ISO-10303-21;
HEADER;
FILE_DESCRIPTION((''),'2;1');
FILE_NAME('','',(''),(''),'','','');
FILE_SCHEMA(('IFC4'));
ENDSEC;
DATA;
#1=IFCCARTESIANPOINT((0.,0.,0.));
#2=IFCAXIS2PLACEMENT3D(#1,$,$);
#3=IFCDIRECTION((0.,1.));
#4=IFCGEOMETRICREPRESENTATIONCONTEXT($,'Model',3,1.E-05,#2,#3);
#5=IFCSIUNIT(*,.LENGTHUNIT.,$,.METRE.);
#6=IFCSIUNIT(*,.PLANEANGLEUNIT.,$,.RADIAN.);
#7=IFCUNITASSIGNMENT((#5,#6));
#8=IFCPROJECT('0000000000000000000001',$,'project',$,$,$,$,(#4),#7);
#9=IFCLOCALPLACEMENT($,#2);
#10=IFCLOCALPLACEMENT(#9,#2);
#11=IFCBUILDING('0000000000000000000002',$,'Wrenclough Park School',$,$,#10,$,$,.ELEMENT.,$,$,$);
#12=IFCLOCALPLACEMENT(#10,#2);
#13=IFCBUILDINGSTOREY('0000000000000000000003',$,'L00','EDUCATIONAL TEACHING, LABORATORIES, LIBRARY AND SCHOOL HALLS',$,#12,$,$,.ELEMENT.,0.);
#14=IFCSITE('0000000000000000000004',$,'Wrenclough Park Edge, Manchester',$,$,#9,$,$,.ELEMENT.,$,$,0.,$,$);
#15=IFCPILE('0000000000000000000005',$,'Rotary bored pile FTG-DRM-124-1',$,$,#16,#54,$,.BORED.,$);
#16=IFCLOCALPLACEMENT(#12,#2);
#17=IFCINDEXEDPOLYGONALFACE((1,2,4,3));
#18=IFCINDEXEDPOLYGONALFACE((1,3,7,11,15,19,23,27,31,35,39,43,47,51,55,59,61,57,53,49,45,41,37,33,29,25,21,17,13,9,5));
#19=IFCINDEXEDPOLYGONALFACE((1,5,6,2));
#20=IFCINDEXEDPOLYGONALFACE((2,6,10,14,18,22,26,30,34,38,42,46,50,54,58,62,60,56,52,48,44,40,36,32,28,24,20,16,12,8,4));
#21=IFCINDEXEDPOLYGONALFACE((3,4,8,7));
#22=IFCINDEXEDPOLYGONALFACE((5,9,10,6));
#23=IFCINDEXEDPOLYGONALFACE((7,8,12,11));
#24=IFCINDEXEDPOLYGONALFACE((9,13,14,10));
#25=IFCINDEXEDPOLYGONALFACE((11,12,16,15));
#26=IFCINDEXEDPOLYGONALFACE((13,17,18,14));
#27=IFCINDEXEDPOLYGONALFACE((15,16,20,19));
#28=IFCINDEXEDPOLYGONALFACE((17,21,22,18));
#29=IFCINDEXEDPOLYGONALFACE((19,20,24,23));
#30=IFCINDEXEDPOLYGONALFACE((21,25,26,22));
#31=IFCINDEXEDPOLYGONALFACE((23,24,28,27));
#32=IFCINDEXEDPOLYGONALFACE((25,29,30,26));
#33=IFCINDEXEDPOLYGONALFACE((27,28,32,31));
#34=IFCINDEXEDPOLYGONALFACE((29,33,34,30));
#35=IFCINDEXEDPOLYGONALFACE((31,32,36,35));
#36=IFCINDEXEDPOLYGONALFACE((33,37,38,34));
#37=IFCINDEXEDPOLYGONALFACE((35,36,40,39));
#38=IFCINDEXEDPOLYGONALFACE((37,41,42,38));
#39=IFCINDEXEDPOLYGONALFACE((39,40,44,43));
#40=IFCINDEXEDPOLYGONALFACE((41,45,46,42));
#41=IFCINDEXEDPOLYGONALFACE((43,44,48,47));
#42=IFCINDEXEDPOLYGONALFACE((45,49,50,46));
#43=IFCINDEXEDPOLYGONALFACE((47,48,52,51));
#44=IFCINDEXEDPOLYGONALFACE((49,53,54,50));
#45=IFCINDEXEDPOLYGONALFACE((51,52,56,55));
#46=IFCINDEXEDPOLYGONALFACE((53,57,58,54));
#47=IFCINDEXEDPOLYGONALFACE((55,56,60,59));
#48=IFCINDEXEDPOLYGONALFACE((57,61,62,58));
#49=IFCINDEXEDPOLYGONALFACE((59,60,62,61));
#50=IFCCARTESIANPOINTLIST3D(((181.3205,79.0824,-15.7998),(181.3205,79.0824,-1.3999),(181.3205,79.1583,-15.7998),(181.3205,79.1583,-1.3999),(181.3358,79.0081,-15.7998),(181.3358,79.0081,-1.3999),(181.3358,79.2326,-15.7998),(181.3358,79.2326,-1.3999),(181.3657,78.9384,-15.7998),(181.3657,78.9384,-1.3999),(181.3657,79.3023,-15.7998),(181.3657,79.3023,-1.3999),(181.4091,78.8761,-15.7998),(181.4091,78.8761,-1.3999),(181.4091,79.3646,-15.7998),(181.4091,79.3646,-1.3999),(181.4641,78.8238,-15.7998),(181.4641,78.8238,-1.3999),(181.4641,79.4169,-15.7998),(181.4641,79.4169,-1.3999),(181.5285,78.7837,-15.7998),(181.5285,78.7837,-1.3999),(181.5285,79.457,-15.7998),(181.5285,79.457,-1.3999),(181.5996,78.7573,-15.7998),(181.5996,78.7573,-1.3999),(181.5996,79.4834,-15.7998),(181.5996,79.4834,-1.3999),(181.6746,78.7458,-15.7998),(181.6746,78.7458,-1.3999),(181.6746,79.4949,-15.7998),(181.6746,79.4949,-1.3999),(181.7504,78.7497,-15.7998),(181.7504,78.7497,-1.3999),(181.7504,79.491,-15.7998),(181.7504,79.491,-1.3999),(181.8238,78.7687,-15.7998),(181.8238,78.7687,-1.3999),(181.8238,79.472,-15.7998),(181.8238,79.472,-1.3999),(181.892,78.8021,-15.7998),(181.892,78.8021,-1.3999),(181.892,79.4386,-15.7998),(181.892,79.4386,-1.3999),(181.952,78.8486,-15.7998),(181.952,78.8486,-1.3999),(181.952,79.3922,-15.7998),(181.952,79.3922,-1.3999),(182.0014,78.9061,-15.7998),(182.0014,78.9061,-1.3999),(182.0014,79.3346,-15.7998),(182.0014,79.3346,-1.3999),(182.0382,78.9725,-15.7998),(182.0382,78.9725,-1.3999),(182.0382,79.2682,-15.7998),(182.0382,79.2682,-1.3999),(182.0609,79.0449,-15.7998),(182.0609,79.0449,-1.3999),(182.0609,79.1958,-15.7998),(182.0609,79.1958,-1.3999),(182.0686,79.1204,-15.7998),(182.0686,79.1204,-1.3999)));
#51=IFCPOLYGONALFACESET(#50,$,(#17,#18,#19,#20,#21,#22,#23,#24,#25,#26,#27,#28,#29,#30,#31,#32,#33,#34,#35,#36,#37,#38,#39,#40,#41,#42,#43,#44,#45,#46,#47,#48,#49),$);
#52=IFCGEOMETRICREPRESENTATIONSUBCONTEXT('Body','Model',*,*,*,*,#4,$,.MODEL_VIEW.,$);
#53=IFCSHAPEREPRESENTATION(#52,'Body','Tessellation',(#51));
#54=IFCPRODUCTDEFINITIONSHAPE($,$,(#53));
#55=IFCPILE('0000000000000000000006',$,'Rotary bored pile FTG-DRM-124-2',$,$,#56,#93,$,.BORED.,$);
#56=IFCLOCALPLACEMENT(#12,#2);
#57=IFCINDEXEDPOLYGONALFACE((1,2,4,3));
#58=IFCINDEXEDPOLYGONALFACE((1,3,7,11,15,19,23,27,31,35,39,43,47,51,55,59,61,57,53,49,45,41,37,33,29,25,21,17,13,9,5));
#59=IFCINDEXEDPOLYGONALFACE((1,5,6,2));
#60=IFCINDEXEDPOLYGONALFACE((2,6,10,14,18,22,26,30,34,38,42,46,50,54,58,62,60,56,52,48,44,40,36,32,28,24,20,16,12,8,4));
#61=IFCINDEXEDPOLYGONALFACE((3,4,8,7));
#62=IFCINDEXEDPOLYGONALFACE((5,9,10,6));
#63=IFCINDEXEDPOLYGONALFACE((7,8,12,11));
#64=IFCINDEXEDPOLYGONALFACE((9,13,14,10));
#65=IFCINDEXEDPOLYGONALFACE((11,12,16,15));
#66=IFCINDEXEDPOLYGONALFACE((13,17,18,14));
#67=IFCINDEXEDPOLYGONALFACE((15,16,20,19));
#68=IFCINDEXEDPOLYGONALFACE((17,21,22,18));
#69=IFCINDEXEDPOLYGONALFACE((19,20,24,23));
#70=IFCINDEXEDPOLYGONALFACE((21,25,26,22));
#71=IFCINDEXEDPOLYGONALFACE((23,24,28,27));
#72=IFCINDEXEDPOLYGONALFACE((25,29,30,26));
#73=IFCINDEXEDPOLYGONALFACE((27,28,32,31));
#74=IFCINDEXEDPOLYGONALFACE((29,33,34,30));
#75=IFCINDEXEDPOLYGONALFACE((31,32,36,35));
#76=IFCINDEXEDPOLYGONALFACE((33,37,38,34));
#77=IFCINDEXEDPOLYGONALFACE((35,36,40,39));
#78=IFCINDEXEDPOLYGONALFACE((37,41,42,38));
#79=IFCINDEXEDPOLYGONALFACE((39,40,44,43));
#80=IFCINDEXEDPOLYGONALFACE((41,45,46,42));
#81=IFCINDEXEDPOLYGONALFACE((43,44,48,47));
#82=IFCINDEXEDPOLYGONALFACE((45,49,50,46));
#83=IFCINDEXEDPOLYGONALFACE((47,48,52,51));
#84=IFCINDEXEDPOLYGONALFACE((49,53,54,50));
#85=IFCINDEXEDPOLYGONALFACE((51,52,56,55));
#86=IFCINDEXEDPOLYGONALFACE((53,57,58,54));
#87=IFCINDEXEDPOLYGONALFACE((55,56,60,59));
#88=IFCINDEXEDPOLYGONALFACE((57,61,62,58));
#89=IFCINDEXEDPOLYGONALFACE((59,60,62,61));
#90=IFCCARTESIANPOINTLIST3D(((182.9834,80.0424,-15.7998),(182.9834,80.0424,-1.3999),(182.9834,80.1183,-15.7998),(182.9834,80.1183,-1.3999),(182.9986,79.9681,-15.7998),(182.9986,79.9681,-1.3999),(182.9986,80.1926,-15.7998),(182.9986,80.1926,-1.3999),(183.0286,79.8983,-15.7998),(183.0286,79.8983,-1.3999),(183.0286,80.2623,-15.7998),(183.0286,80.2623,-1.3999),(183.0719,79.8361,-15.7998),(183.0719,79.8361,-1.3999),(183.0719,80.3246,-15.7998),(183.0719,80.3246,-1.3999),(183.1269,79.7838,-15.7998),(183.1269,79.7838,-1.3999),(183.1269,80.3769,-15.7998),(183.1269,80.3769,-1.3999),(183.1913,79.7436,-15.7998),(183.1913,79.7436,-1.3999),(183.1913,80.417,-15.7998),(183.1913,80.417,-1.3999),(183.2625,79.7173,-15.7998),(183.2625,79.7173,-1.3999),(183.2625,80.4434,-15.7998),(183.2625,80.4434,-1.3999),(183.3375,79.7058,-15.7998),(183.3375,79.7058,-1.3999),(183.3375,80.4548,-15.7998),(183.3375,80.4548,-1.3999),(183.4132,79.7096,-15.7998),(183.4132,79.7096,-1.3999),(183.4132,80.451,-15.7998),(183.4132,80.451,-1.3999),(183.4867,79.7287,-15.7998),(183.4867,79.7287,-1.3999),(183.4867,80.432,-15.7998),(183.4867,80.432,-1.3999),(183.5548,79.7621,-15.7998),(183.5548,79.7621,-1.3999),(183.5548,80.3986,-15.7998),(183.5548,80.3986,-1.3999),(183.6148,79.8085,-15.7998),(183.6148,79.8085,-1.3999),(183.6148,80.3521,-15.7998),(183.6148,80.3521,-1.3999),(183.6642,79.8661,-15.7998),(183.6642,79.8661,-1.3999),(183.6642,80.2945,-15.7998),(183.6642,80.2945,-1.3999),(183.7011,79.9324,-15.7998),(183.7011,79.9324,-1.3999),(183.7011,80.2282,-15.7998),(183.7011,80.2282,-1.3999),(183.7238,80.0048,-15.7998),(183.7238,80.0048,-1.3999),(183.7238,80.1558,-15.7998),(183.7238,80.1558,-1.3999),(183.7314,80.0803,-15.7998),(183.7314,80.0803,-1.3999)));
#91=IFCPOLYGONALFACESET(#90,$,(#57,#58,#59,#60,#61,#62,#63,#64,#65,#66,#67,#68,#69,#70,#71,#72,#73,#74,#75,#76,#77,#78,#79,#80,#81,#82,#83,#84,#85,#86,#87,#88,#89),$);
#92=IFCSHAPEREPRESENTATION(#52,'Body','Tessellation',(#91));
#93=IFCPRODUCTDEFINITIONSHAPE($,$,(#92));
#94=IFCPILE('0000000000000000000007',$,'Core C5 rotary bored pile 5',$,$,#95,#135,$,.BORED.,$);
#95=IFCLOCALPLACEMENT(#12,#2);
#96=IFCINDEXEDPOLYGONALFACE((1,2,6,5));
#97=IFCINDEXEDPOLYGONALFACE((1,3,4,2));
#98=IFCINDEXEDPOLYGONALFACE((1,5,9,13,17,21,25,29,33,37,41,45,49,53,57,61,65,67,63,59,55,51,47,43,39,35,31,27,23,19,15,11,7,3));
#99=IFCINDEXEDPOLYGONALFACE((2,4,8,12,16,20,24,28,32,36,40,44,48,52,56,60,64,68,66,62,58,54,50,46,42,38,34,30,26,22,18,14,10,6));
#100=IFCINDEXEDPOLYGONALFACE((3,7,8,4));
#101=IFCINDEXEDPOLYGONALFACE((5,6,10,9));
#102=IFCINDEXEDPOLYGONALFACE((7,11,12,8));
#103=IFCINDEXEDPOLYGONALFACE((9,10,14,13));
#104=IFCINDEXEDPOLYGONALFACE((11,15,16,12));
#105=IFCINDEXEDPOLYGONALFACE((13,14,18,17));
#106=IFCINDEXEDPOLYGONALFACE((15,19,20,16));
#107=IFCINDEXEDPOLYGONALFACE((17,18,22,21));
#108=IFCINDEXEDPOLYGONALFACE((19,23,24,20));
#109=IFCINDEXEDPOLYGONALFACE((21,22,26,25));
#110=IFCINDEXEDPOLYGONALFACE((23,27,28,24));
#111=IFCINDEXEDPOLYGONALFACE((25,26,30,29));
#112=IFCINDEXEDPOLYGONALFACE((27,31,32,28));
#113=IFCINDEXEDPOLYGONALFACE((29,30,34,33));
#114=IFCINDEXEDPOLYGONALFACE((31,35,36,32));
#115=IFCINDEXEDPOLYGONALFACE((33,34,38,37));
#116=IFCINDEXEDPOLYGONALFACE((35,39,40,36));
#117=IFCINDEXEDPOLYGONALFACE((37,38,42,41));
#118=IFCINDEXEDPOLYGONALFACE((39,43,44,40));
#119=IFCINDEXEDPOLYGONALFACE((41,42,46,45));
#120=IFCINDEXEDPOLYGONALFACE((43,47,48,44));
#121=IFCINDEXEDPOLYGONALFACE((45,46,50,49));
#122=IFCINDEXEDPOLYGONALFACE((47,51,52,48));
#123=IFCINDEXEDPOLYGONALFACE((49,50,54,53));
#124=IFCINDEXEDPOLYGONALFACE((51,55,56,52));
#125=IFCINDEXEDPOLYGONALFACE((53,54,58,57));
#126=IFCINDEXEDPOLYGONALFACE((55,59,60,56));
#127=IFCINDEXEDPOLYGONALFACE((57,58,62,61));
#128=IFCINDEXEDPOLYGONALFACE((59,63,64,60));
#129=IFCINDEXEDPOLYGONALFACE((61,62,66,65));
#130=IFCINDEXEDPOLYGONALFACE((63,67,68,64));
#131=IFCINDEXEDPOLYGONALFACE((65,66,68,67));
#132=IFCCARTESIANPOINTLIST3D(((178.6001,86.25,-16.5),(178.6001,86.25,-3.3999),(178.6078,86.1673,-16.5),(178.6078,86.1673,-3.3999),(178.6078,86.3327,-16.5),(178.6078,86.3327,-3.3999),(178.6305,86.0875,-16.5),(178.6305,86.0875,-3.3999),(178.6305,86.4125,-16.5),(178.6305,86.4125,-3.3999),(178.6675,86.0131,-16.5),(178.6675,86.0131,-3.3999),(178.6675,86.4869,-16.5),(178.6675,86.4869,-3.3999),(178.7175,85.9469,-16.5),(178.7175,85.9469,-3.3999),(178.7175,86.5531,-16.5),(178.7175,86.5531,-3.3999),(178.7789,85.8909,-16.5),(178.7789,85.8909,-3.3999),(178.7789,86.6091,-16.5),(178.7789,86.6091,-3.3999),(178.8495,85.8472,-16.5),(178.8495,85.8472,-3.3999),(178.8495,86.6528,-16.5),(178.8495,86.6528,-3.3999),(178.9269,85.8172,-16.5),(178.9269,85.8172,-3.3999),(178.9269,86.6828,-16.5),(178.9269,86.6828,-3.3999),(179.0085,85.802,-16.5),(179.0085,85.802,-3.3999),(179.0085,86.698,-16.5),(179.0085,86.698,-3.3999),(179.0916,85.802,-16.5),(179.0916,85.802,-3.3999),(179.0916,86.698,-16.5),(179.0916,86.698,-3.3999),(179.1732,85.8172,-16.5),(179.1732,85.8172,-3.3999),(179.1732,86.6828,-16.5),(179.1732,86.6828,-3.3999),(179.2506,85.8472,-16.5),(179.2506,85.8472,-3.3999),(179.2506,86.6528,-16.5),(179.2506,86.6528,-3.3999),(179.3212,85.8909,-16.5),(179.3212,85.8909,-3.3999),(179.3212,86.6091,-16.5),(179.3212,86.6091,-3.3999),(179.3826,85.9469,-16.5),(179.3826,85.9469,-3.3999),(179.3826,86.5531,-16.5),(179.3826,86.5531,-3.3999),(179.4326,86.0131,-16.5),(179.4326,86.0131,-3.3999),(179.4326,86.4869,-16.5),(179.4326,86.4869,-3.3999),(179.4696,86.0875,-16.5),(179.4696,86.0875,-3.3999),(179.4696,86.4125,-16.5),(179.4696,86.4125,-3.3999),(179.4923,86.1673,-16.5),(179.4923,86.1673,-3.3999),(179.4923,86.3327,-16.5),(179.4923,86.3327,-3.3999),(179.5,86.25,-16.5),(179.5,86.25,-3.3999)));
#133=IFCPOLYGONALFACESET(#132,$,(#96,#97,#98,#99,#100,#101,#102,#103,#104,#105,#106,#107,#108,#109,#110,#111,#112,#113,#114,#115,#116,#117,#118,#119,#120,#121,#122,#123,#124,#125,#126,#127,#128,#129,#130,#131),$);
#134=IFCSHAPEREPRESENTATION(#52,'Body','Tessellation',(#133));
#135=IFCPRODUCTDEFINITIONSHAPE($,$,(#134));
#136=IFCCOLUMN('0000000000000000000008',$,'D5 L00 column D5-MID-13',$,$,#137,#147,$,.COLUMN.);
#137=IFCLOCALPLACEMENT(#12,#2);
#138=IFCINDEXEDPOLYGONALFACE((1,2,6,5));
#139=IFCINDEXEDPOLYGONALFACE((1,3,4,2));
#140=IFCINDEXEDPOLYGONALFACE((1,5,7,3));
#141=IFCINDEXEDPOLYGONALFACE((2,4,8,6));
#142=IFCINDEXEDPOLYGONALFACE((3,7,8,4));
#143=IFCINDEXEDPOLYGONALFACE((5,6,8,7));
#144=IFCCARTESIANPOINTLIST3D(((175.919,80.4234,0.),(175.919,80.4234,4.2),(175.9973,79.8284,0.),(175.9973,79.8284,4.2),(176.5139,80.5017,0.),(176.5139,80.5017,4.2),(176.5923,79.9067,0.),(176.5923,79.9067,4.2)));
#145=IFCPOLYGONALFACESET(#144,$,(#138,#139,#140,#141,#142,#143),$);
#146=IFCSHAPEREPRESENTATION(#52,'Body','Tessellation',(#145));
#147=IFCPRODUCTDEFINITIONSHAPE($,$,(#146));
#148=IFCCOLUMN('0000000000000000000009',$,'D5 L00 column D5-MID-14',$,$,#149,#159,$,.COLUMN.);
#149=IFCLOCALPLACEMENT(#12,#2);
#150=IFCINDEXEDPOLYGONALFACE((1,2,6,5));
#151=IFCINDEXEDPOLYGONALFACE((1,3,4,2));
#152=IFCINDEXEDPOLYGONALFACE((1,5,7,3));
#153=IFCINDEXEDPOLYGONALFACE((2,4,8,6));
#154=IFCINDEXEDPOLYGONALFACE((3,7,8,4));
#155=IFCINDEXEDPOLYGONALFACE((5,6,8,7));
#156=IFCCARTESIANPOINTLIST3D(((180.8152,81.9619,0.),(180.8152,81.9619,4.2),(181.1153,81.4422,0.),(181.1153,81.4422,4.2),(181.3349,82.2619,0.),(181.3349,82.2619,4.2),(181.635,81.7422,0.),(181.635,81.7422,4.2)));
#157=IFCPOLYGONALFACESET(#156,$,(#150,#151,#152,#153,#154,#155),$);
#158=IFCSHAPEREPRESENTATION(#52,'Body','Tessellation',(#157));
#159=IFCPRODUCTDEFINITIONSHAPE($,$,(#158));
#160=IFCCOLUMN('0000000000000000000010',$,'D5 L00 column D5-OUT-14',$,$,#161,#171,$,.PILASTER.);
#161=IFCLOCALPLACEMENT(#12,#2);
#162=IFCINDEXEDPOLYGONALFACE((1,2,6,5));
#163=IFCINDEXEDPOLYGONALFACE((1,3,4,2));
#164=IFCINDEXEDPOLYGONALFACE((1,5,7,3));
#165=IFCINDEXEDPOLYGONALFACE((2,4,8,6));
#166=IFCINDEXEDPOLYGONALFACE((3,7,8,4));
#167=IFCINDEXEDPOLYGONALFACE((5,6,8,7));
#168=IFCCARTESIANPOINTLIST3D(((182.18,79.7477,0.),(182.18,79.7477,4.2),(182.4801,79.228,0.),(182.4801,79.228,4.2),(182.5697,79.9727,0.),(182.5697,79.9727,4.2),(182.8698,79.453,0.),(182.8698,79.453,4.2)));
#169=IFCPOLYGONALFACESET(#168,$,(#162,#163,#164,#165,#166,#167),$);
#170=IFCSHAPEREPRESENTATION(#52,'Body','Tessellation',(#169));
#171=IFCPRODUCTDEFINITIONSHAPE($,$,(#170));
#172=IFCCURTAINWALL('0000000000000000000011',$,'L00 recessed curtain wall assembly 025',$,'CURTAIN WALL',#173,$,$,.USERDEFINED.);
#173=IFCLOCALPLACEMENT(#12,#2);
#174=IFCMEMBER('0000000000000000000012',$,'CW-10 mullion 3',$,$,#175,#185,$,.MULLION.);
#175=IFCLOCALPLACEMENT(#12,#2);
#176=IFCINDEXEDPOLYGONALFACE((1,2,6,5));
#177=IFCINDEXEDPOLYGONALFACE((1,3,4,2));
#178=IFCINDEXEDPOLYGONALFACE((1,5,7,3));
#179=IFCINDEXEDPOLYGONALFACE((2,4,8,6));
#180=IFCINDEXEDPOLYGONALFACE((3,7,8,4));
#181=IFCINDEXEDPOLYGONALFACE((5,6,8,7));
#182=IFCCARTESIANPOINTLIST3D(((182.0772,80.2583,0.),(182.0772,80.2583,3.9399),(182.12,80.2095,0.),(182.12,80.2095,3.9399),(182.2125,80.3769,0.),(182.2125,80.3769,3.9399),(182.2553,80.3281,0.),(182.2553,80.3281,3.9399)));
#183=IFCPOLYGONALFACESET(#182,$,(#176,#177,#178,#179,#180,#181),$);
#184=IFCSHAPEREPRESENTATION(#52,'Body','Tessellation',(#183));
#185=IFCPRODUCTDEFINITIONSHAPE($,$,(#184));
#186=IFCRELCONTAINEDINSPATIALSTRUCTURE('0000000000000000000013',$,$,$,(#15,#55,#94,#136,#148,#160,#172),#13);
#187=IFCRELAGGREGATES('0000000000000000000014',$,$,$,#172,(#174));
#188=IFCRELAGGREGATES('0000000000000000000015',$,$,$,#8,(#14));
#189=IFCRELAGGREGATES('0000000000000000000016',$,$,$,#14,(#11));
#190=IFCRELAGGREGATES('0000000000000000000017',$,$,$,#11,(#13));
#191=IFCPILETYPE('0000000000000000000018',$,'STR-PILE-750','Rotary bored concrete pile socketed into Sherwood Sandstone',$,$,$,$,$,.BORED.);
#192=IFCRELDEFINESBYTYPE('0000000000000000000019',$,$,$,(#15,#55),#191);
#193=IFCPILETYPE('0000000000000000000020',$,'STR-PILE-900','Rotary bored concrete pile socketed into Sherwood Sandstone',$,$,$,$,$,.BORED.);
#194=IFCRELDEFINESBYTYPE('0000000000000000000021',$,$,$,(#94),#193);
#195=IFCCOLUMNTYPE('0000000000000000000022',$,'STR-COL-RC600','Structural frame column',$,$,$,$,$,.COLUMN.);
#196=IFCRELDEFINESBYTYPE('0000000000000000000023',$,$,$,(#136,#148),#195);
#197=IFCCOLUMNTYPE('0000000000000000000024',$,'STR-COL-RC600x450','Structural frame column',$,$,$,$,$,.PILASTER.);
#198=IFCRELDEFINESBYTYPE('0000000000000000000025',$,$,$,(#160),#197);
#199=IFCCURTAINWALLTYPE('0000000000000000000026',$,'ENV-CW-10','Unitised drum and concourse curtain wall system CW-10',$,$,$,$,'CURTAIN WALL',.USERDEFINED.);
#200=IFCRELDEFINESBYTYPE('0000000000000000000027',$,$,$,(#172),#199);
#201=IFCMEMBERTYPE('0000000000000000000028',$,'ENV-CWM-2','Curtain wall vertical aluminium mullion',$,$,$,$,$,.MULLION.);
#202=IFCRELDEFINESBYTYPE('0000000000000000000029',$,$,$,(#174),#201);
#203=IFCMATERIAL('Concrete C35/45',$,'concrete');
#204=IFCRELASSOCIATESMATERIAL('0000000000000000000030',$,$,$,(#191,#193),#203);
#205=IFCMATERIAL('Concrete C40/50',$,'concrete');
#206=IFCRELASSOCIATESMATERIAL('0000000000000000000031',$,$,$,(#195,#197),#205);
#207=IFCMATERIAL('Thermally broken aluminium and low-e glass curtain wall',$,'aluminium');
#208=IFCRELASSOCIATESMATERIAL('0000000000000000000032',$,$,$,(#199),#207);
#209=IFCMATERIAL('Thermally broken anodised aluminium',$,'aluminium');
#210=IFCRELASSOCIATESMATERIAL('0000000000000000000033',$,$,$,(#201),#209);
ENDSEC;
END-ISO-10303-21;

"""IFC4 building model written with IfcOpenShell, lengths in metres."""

from ifc_helpers import new_model, si_unit, direction, frame, origin, origin_2d, place, context, subcontext, project, spatial, rectangle, circle, extrude, material, material_profile, profile_set, type_object, element, aggregate, save


model = new_model("IFC4")

# Units and contexts
model_context = context("Model", 3, precision=1e-05, world=origin(), true_north=direction((0.0, 1.0)))
body_context = subcontext(model_context, "Body", "Model", "MODEL_VIEW")
ifc_project = project(units=[si_unit("LENGTHUNIT", "METRE"), si_unit("PLANEANGLEUNIT", "RADIAN")], contexts=[model_context])

# Site, building, storey
site_placement = place(None, origin())
site = spatial("IfcSite", under=ifc_project, at=site_placement, Name="Wrenclough Park Edge, Manchester", CompositionType="ELEMENT", RefElevation=0.0)
building_placement = place(site_placement, origin())
building = spatial("IfcBuilding", under=site, at=building_placement, Name="Wrenclough Park School", CompositionType="ELEMENT")
storey_placement = place(building_placement, origin())
storey = spatial("IfcBuildingStorey", under=building, at=storey_placement, Name="L00", Description="EDUCATIONAL TEACHING, LABORATORIES, LIBRARY AND SCHOOL HALLS", CompositionType="ELEMENT", Elevation=0.0)

# Shared definitions
ifc_material_1 = material(Name="Concrete C35/45", Category="concrete")

# Piles
ifc_material_profile_1 = material_profile(ifc_material_1, circle(Radius=0.375, at=origin_2d()), Name="BORED PILE D750")
ifc_profile_set_1 = profile_set([ifc_material_profile_1], Name="Concrete C35/45")
pile_type_1 = type_object("IfcPileType", Name="STR-PILE-750", Description="Rotary bored concrete pile socketed into Sherwood Sandstone", PredefinedType="BORED", material=ifc_profile_set_1)
for number, where, z_axis, x_axis, name in (
    (1, (181.6936, 79.1204, -1.3999), (0.0, 0.0, -1.0), (1.0, 0.0, 0.0), "Rotary bored pile FTG-DRM-124-1"),
    (2, (183.3564, 80.0803, -1.3999), (0.0, 0.0, -1.0), (1.0, 0.0, 0.0), "Rotary bored pile FTG-DRM-124-2"),
):
    element("IfcPile", number, at=place(storey_placement, frame(where, z_axis=z_axis, x_axis=x_axis)), inside=storey, type_object=pile_type_1, Name=name, PredefinedType="BORED", context=body_context, shape_type="SweptSolid", body=[
        extrude(circle(Radius=0.375, at=origin_2d()), origin(), (0.0, 0.0, 1.0), 14.3999),
    ])
ifc_material_profile_2 = material_profile(ifc_material_1, circle(Radius=0.45, at=origin_2d()), Name="BORED PILE D900")
ifc_profile_set_2 = profile_set([ifc_material_profile_2], Name="Concrete C35/45")
pile_type_2 = type_object("IfcPileType", Name="STR-PILE-900", Description="Rotary bored concrete pile socketed into Sherwood Sandstone", PredefinedType="BORED", material=ifc_profile_set_2)
pile_placement = place(storey_placement, frame((179.05, 86.25, -3.3999), z_axis=(0.0, 0.0, -1.0), x_axis=(1.0, 0.0, 0.0)))
element("IfcPile", 3, at=pile_placement, inside=storey, type_object=pile_type_2, Name="Core C5 rotary bored pile 5", PredefinedType="BORED", context=body_context, shape_type="SweptSolid", body=[
    extrude(circle(Radius=0.45, at=origin_2d()), origin(), (0.0, 0.0, 1.0), 13.1001),
])

# Columns
ifc_material_2 = material(Name="Concrete C40/50", Category="concrete")
ifc_material_profile_3 = material_profile(ifc_material_2, rectangle(XDim=0.6001, YDim=0.6001, at=origin_2d()), Name="RC COL 600x600")
ifc_profile_set_3 = profile_set([ifc_material_profile_3], Name="Concrete C40/50")
column_type_1 = type_object("IfcColumnType", Name="STR-COL-RC600", Description="Structural frame column", PredefinedType="COLUMN", material=ifc_profile_set_3)
for number, where, z_axis, x_axis, name in (
    (4, (176.2556, 80.165, 0.0), (0.0, 0.0, 1.0), (0.991445, 0.130526, 0.0), "D5 L00 column D5-MID-13"),
    (5, (181.2251, 81.8521, 0.0), (0.0, 0.0, 1.0), (0.866025, 0.5, 0.0), "D5 L00 column D5-MID-14"),
):
    element("IfcColumn", number, at=place(storey_placement, frame(where, z_axis=z_axis, x_axis=x_axis)), inside=storey, type_object=column_type_1, Name=name, PredefinedType="COLUMN", context=body_context, shape_type="SweptSolid", body=[
        extrude(rectangle(XDim=0.6001, YDim=0.6001, at=origin_2d()), origin(), (0.0, 0.0, 1.0), 4.2),
    ])
ifc_material_profile_4 = material_profile(ifc_material_2, rectangle(XDim=0.45, YDim=0.6001, at=origin_2d()), Name="RC COL 600x450")
ifc_profile_set_4 = profile_set([ifc_material_profile_4], Name="Concrete C40/50")
column_type_2 = type_object("IfcColumnType", Name="STR-COL-RC600x450", Description="Structural frame column", PredefinedType="PILASTER", material=ifc_profile_set_4)
column_placement = place(storey_placement, frame((182.5249, 79.6003, 0.0), z_axis=(0.0, 0.0, 1.0), x_axis=(0.866025, 0.5, 0.0)))
element("IfcColumn", 6, at=column_placement, inside=storey, type_object=column_type_2, Name="D5 L00 column D5-OUT-14", PredefinedType="PILASTER", context=body_context, shape_type="SweptSolid", body=[
    extrude(rectangle(XDim=0.45, YDim=0.6001, at=origin_2d()), origin(), (0.0, 0.0, 1.0), 4.2),
])

# Curtain wall, member
ifc_material_3 = material(Name="Thermally broken aluminium and low-e glass curtain wall", Category="aluminium")
curtain_wall_type = type_object("IfcCurtainWallType", Name="ENV-CW-10", Description="Unitised drum and concourse curtain wall system CW-10", ElementType="CURTAIN WALL", PredefinedType="USERDEFINED", material=ifc_material_3)
curtain_wall_placement = place(storey_placement, origin())
curtain_wall = element("IfcCurtainWall", 7, at=curtain_wall_placement, inside=storey, type_object=curtain_wall_type, Name="L00 recessed curtain wall assembly 025", ObjectType="CURTAIN WALL", PredefinedType="USERDEFINED")
ifc_material_4 = material(Name="Thermally broken anodised aluminium", Category="aluminium")
ifc_material_profile_5 = material_profile(ifc_material_4, rectangle(XDim=0.0649, YDim=0.1799, at=origin_2d()), Name="AL MULLION 65x180")
ifc_profile_set_5 = profile_set([ifc_material_profile_5], Name="Thermally broken anodised aluminium")
member_type = type_object("IfcMemberType", Name="ENV-CWM-2", Description="Curtain wall vertical aluminium mullion", PredefinedType="MULLION", material=ifc_profile_set_5)
member_placement = place(storey_placement, frame((182.1663, 80.2932, 0.0), z_axis=(0.0, 0.0, 1.0), x_axis=(0.659365, -0.751823, 0.0)))
member = element("IfcMember", 8, at=member_placement, type_object=member_type, Name="CW-10 mullion 3", PredefinedType="MULLION", context=body_context, shape_type="SweptSolid", body=[
    extrude(rectangle(XDim=0.0649, YDim=0.1799, at=origin_2d()), origin(), (0.0, 0.0, 1.0), 3.9399),
])

aggregate(curtain_wall, [member])

save(model, "model.ifc")
